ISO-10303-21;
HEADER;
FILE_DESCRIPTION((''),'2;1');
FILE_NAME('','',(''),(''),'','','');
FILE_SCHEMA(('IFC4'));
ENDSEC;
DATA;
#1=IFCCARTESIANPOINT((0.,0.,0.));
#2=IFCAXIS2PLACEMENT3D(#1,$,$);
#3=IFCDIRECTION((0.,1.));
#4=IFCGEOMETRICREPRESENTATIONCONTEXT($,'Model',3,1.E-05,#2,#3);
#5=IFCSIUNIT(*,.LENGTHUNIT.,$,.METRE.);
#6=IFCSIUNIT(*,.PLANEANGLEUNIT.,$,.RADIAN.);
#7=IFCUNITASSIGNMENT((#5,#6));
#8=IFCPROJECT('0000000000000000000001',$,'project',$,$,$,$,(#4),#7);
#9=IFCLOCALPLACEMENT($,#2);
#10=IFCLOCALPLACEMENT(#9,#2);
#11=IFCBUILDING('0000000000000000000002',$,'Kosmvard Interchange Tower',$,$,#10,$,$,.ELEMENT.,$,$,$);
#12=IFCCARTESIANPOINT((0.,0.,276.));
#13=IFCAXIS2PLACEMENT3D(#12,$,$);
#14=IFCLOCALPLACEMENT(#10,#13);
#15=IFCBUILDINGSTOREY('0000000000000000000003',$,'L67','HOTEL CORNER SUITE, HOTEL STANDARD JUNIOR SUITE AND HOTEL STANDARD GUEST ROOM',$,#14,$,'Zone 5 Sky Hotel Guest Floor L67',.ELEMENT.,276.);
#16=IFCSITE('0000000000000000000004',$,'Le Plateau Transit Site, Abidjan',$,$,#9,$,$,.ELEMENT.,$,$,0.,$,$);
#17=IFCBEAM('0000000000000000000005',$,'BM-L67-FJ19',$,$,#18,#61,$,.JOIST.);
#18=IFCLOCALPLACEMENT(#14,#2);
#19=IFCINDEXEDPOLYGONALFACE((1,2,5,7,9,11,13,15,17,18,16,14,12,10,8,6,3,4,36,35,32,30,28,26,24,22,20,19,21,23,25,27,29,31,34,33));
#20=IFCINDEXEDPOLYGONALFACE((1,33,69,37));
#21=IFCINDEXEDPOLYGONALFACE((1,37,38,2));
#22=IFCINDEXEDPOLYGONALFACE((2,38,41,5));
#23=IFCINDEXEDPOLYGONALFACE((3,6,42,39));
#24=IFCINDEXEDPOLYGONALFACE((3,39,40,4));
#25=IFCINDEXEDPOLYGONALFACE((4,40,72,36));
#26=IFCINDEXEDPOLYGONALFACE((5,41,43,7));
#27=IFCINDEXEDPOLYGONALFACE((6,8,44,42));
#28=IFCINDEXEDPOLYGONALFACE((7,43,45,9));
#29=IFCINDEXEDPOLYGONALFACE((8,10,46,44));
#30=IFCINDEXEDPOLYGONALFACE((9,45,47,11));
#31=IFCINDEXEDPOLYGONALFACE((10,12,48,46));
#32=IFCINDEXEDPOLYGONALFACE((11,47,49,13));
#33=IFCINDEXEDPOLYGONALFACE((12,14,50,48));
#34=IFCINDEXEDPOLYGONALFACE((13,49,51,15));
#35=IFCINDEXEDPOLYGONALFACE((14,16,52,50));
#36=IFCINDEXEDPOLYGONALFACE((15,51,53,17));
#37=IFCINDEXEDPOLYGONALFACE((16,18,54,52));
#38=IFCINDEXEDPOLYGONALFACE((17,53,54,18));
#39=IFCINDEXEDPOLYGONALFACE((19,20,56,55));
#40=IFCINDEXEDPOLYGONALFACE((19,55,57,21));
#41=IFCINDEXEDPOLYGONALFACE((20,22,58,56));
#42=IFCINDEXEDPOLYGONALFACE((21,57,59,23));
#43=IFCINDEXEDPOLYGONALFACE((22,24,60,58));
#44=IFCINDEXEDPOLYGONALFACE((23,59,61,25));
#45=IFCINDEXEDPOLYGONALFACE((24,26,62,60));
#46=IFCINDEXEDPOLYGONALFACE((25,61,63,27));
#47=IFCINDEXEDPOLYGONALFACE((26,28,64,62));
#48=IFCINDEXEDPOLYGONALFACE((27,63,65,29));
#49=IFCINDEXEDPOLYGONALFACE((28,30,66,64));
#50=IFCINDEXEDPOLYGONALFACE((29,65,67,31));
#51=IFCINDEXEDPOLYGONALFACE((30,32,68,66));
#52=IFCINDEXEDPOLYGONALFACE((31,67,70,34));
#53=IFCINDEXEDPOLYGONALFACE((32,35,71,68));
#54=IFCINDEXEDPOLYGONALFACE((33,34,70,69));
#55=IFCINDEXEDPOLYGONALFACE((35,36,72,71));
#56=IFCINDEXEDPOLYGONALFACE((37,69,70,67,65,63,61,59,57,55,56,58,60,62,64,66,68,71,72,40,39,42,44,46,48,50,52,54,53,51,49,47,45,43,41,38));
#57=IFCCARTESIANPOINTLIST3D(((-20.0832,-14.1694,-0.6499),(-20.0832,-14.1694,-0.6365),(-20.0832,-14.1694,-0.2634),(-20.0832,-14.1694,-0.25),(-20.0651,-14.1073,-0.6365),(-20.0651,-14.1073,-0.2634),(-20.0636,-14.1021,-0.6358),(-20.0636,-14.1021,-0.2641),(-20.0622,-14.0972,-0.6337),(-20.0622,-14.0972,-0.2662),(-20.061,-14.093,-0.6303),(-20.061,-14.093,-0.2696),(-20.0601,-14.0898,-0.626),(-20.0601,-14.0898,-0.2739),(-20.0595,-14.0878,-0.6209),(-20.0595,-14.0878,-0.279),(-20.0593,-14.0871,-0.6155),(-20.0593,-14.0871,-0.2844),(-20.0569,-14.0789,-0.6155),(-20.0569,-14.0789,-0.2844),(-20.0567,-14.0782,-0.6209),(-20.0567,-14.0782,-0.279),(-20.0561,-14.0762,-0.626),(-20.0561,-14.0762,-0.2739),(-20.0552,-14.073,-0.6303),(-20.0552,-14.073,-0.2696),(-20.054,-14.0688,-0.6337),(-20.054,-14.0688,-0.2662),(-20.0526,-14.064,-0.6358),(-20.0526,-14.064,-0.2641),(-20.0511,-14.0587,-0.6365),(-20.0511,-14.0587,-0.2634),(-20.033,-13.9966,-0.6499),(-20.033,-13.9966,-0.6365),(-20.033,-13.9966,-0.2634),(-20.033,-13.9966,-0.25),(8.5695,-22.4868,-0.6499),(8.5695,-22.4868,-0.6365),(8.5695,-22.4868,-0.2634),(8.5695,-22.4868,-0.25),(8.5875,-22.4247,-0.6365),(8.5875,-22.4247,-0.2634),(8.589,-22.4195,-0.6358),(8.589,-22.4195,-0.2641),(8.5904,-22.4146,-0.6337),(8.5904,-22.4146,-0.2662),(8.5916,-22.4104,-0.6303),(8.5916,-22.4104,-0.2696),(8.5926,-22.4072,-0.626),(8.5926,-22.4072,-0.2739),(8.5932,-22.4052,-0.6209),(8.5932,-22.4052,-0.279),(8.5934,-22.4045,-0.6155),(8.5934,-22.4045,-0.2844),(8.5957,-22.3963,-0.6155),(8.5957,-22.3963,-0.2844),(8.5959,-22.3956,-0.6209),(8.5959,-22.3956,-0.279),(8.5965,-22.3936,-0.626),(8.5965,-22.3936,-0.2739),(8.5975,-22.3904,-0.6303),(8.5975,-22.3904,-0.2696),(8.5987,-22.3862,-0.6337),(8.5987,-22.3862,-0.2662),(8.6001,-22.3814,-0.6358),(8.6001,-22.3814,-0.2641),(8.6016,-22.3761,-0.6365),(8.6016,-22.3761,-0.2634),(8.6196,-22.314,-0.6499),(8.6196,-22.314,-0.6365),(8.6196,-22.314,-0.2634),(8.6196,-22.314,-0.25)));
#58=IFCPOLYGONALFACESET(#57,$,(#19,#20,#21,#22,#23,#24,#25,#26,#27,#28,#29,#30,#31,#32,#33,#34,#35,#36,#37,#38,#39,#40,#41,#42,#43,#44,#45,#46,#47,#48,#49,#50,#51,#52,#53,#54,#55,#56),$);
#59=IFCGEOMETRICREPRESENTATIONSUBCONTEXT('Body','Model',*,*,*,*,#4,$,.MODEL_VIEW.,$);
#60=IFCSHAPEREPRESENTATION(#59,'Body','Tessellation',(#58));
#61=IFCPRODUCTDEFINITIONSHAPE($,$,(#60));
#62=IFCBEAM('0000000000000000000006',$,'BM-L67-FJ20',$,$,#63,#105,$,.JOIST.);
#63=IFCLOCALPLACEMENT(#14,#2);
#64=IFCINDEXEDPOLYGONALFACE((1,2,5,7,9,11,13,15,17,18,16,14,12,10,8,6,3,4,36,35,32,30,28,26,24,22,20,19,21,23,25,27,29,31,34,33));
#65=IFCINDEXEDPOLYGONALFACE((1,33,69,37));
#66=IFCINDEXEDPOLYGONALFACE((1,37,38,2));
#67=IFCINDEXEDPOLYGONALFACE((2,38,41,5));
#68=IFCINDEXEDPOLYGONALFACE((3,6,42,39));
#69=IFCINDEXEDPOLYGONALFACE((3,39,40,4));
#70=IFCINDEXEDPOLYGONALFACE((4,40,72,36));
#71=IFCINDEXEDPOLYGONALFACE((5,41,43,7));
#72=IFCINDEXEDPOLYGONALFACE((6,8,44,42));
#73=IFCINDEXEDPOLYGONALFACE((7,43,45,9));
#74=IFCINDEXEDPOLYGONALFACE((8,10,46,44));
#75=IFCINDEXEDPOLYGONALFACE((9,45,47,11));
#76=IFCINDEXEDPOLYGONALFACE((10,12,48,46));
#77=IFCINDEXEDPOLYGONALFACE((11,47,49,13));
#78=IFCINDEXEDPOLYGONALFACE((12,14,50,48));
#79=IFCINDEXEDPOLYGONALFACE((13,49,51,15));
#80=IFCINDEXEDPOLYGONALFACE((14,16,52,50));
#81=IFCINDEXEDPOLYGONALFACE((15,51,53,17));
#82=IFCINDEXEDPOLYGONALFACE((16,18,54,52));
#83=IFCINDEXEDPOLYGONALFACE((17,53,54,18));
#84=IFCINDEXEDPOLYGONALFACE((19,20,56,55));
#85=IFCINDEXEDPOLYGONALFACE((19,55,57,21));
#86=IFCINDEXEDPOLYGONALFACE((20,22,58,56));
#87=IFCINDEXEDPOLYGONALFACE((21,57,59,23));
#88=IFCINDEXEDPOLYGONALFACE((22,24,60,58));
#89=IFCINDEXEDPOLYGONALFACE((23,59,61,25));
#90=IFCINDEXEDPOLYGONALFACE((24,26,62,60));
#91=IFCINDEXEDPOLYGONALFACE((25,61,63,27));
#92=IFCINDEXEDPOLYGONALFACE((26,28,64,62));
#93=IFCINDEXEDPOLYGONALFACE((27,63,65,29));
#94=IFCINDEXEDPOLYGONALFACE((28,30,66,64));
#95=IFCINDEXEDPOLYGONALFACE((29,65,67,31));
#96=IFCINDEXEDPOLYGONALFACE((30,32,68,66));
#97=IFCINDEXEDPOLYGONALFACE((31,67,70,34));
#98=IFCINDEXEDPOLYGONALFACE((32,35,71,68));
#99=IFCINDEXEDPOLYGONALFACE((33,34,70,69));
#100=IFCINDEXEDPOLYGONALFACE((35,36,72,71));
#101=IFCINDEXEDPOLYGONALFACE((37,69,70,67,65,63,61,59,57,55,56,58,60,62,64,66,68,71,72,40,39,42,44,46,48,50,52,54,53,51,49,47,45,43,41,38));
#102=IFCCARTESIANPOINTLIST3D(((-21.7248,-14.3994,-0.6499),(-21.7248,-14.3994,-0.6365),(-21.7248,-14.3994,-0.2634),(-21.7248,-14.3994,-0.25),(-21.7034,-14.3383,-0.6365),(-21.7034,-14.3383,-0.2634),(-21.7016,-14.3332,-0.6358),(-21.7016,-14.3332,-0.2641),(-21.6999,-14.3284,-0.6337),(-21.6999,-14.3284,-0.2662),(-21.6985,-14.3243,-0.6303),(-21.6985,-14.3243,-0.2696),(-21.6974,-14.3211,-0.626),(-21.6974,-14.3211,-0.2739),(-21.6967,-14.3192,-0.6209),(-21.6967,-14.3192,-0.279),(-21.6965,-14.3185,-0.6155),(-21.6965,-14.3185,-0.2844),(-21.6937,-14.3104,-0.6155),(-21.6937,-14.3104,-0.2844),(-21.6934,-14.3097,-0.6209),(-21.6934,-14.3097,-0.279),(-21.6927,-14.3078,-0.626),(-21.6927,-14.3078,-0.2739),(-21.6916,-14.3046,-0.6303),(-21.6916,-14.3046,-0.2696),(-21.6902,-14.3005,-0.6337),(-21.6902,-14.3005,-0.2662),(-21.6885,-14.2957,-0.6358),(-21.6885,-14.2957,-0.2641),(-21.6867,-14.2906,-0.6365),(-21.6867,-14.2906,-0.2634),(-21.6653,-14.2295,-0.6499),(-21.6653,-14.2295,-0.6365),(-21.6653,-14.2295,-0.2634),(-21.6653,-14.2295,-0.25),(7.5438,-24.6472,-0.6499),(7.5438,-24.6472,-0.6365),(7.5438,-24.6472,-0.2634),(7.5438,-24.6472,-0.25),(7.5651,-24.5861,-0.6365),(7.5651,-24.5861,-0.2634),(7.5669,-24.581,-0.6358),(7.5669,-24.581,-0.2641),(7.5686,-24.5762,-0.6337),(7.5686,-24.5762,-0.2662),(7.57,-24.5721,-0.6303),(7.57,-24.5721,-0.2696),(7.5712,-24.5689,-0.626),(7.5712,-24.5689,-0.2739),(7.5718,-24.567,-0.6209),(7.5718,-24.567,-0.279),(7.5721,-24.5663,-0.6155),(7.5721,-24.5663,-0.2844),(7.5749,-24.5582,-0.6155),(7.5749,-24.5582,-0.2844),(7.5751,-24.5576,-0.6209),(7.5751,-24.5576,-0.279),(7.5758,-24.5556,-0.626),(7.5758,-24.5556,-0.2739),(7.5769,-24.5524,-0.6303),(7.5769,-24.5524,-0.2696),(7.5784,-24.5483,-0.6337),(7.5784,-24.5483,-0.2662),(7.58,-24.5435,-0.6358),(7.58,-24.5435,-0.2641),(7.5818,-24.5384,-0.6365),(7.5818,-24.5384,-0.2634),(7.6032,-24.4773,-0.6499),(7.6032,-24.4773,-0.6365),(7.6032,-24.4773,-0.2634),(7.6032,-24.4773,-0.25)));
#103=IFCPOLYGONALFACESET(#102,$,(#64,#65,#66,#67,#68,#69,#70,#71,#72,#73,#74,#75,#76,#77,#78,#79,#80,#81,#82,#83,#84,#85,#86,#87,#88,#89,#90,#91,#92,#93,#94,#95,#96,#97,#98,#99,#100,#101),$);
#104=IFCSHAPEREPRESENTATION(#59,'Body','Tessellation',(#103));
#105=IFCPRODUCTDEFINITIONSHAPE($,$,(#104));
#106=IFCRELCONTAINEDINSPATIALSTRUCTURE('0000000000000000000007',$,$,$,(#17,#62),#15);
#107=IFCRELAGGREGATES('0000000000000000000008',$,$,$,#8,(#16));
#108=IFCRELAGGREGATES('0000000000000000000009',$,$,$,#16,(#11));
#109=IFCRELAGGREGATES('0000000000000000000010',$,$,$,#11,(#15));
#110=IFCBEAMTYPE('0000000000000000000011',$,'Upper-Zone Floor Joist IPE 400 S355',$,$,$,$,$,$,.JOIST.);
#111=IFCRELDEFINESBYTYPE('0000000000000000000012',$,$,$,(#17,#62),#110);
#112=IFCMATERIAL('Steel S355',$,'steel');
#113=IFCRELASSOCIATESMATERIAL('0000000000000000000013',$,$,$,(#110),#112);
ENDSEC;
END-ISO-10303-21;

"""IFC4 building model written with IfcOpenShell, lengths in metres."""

from ifc_helpers import new_model, si_unit, direction, frame, origin, origin_2d, place, context, subcontext, project, spatial, i_section, extrude, source, transform, mapped, material, material_profile, profile_set, type_object, element, save


model = new_model("IFC4")

# Units and contexts
model_context = context("Model", 3, precision=1e-05, world=origin(), true_north=direction((0.0, 1.0)))
body_context = subcontext(model_context, "Body", "Model", "MODEL_VIEW")
ifc_project = project(units=[si_unit("LENGTHUNIT", "METRE"), si_unit("PLANEANGLEUNIT", "RADIAN")], contexts=[model_context])

# Site, building, storey
site_placement = place(None, origin())
site = spatial("IfcSite", under=ifc_project, at=site_placement, Name="Le Plateau Transit Site, Abidjan", CompositionType="ELEMENT", RefElevation=0.0)
building_placement = place(site_placement, origin())
building = spatial("IfcBuilding", under=site, at=building_placement, Name="Kosmvard Interchange Tower", CompositionType="ELEMENT")
storey_placement = place(building_placement, frame((0.0, 0.0, 276.0)))
storey = spatial("IfcBuildingStorey", under=building, at=storey_placement, Name="L67", Description="HOTEL CORNER SUITE, HOTEL STANDARD JUNIOR SUITE AND HOTEL STANDARD GUEST ROOM", LongName="Zone 5 Sky Hotel Guest Floor L67", CompositionType="ELEMENT", Elevation=276.0)

# Beams
ifc_material_1 = material(Name="Steel S355", Category="steel")
ifc_material_profile_1 = material_profile(ifc_material_1, i_section(OverallWidth=0.1799, OverallDepth=0.3999, WebThickness=0.0085, FlangeThickness=0.0134, FilletRadius=0.021, at=origin_2d()), Name="IPE 400")
ifc_profile_set_1 = profile_set([ifc_material_profile_1], Name="Steel S355")
beam_type_1 = type_object("IfcBeamType", Name="Upper-Zone Floor Joist IPE 400 S355", PredefinedType="JOIST", material=ifc_profile_set_1)
shared_shape_1 = source(origin(), body_context, "Body", "SweptSolid", [
    extrude(i_section(OverallWidth=0.1799, OverallDepth=0.3999, WebThickness=0.0085, FlangeThickness=0.0134, FilletRadius=0.021, at=origin_2d()), origin(), (0.0, 0.0, 1.0), 29.8354),
])
beam_1_placement = place(storey_placement, frame((-20.0581, -14.083, -0.45), z_axis=(0.960356, -0.278776, 0.0), x_axis=(0.278776, 0.960356, 0.0)))
element("IfcBeam", 1, at=beam_1_placement, inside=storey, type_object=beam_type_1, Name="BM-L67-FJ19", PredefinedType="JOIST", context=body_context, shape_type="MappedRepresentation", body=[
    mapped(shared_shape_1, transform((0.0, 0.0, 0.0), scale=1.0)),
])
shared_shape_2 = source(origin(), body_context, "Body", "SweptSolid", [
    extrude(i_section(OverallWidth=0.1799, OverallDepth=0.3999, WebThickness=0.0085, FlangeThickness=0.0134, FilletRadius=0.021, at=origin_2d()), origin(), (0.0, 0.0, 1.0), 31.0107),
])
beam_2_placement = place(storey_placement, frame((-21.6951, -14.3145, -0.45), z_axis=(0.94382, -0.33046, 0.0), x_axis=(0.33046, 0.94382, 0.0)))
element("IfcBeam", 2, at=beam_2_placement, inside=storey, type_object=beam_type_1, Name="BM-L67-FJ20", PredefinedType="JOIST", context=body_context, shape_type="MappedRepresentation", body=[
    mapped(shared_shape_2, transform((0.0, 0.0, 0.0), scale=1.0)),
])

save(model, "model.ifc")
